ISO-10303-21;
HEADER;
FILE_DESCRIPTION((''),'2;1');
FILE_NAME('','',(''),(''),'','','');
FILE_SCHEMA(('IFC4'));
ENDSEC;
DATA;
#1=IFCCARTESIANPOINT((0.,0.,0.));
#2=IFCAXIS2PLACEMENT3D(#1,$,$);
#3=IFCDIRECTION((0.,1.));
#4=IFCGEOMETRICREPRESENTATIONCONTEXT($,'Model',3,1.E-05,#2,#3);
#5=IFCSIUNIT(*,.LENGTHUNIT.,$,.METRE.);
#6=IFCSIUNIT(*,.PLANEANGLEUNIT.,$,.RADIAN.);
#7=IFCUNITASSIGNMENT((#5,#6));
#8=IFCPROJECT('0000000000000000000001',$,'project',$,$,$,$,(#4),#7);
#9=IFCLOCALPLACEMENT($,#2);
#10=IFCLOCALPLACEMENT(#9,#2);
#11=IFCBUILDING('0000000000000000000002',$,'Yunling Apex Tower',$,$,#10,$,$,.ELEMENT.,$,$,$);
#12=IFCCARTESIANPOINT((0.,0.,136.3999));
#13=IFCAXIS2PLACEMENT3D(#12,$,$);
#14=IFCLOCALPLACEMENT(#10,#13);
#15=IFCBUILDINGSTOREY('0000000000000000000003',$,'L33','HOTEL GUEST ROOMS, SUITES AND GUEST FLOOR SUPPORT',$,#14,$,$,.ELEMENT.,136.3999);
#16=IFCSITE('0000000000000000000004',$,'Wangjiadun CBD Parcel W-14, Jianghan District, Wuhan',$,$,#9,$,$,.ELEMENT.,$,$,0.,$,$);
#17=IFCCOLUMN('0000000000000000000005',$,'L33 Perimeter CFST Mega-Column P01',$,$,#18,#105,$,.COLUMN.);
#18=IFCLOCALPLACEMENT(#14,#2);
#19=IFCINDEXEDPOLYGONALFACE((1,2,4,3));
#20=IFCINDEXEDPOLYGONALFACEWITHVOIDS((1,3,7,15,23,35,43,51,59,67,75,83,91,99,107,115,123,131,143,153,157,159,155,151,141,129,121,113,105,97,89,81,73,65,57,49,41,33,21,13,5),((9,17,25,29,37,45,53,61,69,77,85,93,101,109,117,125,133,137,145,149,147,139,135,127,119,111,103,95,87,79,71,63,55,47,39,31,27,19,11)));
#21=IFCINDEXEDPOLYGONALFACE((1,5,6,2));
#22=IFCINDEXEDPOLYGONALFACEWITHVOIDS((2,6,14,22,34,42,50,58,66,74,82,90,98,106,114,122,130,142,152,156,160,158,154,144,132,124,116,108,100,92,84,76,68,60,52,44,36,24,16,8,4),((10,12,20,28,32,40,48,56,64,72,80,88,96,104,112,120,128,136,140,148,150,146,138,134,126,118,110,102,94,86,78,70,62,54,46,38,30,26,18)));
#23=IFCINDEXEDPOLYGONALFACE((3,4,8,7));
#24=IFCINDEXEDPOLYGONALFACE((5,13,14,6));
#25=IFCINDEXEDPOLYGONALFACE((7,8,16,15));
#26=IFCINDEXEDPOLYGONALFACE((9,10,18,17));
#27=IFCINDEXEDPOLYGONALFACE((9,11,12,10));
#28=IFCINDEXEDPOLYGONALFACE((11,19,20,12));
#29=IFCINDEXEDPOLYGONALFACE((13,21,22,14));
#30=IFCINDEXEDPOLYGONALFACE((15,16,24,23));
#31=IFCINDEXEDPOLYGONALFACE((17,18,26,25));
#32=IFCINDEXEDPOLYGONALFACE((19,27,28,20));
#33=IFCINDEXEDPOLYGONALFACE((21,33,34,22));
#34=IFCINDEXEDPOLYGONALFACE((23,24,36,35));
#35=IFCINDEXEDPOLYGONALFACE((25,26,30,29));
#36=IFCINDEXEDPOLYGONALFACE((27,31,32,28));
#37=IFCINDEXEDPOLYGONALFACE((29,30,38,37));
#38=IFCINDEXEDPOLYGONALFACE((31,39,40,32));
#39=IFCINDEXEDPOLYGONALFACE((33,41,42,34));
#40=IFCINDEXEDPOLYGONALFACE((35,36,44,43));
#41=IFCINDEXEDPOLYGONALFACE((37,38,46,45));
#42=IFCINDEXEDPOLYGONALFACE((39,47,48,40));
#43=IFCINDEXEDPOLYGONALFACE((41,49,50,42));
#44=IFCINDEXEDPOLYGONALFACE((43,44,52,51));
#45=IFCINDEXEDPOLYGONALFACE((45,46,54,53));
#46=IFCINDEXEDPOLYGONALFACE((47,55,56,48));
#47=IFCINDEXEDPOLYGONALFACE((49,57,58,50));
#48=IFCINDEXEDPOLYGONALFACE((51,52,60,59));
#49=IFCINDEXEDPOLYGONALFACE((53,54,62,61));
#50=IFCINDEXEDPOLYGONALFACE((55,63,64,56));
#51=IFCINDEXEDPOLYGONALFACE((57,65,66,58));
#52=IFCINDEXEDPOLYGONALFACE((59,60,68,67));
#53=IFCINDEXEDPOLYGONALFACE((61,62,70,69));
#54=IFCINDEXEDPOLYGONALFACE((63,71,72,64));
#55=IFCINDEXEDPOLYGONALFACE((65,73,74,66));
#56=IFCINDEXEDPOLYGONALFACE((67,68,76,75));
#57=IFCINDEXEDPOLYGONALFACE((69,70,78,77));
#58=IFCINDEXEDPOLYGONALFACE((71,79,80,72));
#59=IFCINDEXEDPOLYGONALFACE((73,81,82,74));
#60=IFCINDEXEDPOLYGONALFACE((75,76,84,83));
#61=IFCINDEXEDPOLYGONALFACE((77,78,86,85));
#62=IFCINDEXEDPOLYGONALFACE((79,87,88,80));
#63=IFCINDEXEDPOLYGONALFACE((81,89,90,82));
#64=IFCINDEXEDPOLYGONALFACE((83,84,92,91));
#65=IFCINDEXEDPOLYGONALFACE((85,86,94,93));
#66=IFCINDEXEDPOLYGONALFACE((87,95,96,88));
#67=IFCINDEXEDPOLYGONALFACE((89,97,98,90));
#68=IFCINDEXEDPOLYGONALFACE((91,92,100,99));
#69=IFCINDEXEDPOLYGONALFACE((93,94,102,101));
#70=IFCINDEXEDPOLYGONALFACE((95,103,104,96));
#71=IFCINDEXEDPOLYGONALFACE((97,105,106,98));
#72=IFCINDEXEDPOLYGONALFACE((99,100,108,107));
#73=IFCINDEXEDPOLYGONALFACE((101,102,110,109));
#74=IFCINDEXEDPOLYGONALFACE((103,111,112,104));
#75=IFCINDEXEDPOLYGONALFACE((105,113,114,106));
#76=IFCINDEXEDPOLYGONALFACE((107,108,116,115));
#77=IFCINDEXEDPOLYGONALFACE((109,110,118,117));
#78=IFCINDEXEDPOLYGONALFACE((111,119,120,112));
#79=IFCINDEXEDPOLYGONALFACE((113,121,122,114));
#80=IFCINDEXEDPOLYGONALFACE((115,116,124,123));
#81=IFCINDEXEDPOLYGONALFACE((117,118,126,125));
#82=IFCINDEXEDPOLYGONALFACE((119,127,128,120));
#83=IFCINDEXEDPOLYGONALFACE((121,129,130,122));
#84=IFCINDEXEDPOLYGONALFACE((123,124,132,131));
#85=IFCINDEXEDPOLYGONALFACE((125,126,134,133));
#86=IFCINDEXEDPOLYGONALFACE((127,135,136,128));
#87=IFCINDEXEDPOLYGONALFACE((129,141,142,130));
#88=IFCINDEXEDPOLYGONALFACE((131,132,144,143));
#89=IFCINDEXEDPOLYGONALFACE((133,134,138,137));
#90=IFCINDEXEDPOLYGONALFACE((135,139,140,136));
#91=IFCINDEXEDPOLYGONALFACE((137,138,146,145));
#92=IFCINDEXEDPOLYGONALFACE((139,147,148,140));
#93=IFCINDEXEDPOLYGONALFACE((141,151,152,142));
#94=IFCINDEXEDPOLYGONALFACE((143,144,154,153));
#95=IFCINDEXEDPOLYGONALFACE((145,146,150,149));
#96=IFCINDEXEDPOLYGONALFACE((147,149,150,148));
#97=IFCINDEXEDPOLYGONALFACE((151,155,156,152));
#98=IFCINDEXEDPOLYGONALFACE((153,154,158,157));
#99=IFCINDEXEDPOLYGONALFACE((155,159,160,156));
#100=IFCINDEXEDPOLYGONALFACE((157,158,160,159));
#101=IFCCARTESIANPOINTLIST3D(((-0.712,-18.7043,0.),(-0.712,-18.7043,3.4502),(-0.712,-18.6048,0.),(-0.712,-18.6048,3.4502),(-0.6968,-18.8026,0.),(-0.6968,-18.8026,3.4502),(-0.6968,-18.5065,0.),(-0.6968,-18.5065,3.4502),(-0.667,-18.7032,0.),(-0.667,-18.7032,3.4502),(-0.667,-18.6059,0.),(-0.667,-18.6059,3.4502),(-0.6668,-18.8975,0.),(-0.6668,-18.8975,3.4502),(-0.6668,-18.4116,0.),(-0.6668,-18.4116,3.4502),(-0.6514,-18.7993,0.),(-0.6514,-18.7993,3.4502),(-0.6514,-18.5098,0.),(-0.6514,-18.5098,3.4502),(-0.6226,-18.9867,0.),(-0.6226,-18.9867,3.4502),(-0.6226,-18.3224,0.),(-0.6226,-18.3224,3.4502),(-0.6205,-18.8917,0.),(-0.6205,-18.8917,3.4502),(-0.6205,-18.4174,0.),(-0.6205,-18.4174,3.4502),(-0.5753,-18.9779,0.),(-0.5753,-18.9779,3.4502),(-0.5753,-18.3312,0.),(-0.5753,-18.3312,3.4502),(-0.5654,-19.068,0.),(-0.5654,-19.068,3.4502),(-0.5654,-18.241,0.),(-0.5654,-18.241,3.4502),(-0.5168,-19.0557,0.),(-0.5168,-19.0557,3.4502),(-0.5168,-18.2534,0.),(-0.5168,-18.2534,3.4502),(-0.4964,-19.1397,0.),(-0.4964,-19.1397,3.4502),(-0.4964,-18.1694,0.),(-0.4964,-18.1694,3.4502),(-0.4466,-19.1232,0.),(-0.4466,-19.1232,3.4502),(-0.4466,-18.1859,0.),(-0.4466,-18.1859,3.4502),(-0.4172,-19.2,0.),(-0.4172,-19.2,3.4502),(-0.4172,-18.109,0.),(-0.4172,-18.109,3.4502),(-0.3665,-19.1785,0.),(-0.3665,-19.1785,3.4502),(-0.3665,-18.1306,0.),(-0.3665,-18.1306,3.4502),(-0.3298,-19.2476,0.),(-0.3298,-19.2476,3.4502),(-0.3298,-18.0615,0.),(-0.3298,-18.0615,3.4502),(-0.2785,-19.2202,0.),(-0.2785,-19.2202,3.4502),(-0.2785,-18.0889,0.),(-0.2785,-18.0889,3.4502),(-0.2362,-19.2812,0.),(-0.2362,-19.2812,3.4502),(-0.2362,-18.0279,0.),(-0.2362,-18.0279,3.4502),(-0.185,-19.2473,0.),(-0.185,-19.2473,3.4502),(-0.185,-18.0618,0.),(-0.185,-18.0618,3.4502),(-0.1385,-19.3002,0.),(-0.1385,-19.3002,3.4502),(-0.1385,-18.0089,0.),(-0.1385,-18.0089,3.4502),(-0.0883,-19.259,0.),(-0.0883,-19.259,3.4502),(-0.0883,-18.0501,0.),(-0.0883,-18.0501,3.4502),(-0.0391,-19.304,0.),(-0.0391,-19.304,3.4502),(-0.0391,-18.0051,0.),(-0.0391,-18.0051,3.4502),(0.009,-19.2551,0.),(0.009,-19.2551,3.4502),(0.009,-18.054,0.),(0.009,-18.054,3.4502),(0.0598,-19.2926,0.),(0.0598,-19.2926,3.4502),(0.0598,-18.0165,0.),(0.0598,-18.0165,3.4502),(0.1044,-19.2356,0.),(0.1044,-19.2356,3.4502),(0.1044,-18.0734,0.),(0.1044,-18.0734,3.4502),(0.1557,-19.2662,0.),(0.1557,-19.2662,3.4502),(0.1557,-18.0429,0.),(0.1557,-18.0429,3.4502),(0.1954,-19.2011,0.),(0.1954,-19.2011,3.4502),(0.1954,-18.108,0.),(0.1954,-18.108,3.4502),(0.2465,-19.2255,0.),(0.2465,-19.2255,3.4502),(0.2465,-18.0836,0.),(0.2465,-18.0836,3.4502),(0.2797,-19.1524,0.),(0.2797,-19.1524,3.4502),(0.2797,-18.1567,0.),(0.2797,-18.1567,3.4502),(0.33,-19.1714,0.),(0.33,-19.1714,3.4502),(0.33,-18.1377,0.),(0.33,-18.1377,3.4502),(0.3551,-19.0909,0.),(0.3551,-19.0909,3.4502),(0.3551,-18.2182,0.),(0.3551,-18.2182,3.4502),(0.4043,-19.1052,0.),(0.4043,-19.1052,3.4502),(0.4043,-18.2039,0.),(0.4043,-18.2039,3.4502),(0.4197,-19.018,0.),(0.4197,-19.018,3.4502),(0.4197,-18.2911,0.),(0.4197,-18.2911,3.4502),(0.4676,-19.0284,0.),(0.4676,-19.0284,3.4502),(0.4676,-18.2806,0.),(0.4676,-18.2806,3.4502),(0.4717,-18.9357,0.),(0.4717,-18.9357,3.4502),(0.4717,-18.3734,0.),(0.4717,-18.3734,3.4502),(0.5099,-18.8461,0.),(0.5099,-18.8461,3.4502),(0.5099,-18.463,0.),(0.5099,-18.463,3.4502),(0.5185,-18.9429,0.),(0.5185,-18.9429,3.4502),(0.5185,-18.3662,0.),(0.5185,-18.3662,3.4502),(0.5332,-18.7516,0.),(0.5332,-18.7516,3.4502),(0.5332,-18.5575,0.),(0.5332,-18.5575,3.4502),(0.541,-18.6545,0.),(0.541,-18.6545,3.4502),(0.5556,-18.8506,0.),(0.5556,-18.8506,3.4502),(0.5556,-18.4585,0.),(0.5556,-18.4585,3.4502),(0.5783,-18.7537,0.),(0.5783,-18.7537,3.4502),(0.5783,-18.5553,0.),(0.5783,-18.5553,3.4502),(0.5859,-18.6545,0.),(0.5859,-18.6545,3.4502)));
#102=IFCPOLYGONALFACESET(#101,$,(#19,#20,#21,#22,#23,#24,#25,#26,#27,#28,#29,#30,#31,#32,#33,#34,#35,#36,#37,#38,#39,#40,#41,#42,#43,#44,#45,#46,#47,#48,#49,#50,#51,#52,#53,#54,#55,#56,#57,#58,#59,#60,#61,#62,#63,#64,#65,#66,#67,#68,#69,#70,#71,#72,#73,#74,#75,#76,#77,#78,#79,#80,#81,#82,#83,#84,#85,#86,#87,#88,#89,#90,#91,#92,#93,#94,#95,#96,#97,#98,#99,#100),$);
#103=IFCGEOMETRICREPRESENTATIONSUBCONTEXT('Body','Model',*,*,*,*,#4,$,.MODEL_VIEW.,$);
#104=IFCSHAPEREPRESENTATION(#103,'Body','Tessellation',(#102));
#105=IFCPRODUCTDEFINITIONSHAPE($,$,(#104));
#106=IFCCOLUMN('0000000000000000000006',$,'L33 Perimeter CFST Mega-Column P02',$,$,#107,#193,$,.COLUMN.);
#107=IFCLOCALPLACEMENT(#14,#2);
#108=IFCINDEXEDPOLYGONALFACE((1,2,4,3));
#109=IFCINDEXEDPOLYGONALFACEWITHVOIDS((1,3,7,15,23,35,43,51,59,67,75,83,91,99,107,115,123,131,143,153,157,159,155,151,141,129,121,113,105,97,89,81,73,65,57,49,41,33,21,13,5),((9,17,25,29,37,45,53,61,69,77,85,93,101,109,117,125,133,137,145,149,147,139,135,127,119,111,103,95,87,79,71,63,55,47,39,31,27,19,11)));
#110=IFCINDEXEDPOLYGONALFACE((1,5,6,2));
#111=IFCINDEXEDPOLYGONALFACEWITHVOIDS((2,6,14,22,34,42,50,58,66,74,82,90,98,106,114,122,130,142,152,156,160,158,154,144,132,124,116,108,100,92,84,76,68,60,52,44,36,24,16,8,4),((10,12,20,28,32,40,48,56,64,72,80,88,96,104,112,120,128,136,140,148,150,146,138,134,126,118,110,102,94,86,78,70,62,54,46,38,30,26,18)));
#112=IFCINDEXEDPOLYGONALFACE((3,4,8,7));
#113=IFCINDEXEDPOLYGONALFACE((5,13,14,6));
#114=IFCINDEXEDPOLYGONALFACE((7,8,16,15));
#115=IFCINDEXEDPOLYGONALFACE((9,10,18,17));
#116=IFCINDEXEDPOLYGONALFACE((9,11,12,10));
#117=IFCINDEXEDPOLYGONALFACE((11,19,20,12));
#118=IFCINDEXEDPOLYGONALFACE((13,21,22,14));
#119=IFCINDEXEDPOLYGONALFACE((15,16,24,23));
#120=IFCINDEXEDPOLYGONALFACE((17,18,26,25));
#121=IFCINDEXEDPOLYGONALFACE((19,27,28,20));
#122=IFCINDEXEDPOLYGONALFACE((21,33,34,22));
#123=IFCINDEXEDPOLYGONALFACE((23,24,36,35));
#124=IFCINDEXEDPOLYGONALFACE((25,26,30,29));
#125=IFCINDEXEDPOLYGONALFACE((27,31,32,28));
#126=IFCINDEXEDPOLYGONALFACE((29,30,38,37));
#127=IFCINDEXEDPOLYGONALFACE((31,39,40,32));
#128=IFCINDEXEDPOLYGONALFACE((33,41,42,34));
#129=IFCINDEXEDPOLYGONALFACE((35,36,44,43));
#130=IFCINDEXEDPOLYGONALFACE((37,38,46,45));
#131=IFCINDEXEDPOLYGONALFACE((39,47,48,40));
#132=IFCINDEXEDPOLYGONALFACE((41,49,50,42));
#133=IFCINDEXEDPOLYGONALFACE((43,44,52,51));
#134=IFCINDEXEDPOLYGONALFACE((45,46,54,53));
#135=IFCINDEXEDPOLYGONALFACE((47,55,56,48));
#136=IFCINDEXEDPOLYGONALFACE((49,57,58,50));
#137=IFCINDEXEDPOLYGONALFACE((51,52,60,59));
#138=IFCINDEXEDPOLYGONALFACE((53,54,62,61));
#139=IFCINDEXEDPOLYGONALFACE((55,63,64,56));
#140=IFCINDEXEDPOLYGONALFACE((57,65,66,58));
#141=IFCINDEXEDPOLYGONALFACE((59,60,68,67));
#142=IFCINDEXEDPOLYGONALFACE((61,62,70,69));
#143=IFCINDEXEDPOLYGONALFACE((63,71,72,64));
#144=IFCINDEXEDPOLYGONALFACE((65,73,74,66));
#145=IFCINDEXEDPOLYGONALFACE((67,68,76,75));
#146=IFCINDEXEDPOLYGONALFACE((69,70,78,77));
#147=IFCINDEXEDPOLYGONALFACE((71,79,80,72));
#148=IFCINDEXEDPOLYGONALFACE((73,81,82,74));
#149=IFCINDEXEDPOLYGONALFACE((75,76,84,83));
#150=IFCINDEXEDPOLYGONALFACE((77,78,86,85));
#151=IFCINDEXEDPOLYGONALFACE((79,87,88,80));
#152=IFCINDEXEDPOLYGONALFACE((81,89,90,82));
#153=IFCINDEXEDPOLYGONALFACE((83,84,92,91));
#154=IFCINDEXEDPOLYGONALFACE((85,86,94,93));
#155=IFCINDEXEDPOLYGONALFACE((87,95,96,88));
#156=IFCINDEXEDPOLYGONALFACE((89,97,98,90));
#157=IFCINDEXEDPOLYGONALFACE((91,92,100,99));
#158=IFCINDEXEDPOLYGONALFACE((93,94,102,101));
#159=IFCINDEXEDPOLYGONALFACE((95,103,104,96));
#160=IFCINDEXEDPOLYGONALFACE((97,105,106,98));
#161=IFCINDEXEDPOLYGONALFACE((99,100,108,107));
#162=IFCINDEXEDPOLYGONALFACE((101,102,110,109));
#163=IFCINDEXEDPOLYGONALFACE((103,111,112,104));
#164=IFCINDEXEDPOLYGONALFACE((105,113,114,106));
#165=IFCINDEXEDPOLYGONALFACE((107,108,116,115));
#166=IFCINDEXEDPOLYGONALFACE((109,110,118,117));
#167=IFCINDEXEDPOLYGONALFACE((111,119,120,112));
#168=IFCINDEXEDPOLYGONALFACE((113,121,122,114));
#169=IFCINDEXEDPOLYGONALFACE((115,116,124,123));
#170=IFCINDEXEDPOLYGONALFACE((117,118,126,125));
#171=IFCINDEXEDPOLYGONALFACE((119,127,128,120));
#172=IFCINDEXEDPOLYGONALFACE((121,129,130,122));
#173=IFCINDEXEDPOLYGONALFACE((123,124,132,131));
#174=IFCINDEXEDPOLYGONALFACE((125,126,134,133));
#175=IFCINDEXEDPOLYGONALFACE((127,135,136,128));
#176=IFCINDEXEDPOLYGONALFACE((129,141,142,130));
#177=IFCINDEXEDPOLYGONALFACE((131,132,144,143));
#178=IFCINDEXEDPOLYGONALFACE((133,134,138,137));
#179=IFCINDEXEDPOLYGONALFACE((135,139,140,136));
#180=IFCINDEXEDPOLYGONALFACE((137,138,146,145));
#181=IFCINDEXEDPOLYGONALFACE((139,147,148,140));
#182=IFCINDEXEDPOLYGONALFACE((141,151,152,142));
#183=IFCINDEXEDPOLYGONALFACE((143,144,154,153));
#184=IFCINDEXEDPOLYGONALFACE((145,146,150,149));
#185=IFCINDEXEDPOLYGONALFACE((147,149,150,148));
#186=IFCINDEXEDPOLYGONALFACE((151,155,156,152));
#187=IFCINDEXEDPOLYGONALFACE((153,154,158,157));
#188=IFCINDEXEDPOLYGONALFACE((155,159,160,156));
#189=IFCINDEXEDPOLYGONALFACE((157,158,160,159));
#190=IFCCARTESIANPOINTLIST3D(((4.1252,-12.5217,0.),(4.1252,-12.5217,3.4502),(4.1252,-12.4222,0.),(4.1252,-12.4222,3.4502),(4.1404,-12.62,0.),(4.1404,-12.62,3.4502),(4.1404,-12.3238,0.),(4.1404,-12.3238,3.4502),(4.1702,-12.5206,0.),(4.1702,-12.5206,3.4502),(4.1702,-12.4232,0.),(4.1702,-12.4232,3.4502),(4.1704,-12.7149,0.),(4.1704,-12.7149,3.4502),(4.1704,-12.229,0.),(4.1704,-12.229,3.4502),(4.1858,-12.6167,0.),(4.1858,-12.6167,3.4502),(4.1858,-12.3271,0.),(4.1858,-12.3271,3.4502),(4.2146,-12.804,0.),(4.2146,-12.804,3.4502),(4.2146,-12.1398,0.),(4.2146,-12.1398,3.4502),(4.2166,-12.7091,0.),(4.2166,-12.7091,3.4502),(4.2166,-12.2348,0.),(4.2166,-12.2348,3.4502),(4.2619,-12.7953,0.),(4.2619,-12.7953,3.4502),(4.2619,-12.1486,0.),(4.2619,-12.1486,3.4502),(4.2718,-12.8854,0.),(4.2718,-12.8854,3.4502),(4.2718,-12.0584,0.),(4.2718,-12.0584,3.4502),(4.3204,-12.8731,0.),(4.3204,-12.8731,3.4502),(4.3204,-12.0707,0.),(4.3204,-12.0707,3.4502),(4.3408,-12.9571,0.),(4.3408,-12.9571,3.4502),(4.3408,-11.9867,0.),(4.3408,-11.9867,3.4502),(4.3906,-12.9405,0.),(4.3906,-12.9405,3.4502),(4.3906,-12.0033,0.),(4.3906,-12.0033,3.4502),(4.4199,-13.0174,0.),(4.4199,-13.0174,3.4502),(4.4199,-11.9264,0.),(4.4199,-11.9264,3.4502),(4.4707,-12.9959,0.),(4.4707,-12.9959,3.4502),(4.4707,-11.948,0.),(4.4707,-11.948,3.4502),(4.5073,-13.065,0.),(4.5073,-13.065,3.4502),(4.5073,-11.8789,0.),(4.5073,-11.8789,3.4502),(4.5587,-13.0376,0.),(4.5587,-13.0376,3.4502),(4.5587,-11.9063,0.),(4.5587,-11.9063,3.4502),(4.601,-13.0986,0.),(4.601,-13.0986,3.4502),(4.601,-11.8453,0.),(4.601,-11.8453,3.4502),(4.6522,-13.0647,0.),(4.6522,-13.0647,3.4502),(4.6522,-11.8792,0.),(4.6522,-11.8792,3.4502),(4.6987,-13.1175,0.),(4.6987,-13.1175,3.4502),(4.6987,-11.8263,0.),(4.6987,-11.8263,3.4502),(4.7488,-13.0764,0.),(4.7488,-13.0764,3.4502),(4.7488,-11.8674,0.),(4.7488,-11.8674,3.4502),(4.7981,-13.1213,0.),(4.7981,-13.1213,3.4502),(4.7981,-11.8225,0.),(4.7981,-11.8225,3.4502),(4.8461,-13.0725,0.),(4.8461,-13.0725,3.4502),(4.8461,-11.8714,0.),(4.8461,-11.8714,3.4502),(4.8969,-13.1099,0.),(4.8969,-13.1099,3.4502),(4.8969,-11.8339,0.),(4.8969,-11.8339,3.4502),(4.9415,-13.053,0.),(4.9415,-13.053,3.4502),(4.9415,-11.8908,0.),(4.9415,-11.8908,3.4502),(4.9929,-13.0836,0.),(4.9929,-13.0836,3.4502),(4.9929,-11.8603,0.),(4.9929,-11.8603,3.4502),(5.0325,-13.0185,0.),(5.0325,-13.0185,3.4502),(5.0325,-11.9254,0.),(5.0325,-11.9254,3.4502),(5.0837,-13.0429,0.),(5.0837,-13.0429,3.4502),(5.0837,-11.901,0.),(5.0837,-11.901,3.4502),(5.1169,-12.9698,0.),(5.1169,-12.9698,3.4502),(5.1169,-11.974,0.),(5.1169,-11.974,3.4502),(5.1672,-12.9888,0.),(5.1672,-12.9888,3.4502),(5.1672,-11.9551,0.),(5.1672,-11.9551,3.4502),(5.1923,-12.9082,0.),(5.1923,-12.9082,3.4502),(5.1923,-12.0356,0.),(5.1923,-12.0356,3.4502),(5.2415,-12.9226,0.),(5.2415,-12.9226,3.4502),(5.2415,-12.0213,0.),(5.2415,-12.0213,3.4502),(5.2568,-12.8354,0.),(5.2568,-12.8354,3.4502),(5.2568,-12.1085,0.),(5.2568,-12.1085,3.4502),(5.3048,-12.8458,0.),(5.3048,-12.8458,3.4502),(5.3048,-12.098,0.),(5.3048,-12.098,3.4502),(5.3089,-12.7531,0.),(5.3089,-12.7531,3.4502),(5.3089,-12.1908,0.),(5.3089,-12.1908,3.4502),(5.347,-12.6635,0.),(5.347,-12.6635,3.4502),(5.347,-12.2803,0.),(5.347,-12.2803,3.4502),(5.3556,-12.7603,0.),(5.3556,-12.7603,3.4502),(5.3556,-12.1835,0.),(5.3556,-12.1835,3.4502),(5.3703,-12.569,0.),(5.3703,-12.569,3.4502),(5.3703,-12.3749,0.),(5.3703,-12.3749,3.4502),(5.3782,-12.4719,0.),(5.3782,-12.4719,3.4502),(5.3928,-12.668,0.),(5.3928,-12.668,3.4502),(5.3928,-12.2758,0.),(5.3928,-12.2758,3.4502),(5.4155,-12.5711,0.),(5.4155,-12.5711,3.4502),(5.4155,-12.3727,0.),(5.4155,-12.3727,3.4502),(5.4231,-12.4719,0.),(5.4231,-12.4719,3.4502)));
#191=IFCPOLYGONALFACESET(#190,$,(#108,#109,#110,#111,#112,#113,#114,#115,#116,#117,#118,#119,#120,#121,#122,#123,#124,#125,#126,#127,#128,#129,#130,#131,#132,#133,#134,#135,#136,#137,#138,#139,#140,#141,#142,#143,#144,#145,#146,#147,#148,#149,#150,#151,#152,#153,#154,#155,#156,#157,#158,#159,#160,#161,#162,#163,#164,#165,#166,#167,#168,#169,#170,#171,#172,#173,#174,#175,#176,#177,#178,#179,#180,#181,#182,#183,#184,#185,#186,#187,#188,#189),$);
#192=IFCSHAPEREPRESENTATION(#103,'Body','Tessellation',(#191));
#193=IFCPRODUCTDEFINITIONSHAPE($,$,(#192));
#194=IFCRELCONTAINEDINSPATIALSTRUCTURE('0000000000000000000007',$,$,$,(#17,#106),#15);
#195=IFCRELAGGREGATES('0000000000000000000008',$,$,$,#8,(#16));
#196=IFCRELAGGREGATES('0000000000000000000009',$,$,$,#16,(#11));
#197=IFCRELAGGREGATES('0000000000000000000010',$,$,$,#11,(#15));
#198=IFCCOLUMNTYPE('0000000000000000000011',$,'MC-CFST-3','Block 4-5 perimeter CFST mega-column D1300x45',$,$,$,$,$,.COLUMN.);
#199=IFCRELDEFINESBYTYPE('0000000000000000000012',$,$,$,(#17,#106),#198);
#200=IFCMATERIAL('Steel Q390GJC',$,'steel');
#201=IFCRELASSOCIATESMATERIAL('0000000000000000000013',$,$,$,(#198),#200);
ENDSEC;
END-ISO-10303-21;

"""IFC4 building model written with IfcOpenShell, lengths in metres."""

from ifc_helpers import new_model, si_unit, direction, frame, origin, origin_2d, place, context, subcontext, project, spatial, hollow_circle, extrude, source, transform, mapped, material, material_profile, profile_set, type_object, element, save


model = new_model("IFC4")

# Units and contexts
model_context = context("Model", 3, precision=1e-05, world=origin(), true_north=direction((0.0, 1.0)))
body_context = subcontext(model_context, "Body", "Model", "MODEL_VIEW")
ifc_project = project(units=[si_unit("LENGTHUNIT", "METRE"), si_unit("PLANEANGLEUNIT", "RADIAN")], contexts=[model_context])

# Site, building, storey
site_placement = place(None, origin())
site = spatial("IfcSite", under=ifc_project, at=site_placement, Name="Wangjiadun CBD Parcel W-14, Jianghan District, Wuhan", CompositionType="ELEMENT", RefElevation=0.0)
building_placement = place(site_placement, origin())
building = spatial("IfcBuilding", under=site, at=building_placement, Name="Yunling Apex Tower", CompositionType="ELEMENT")
storey_placement = place(building_placement, frame((0.0, 0.0, 136.3999)))
storey = spatial("IfcBuildingStorey", under=building, at=storey_placement, Name="L33", Description="HOTEL GUEST ROOMS, SUITES AND GUEST FLOOR SUPPORT", CompositionType="ELEMENT", Elevation=136.3999)

# Columns
ifc_material_1 = material(Name="Steel Q390GJC", Category="steel")
ifc_material_profile_1 = material_profile(ifc_material_1, hollow_circle(Radius=0.6499, WallThickness=0.0449, at=origin_2d()))
ifc_profile_set_1 = profile_set([ifc_material_profile_1], Name="Steel Q390GJC")
column_type = type_object("IfcColumnType", Name="MC-CFST-3", Description="Block 4-5 perimeter CFST mega-column D1300x45", PredefinedType="COLUMN", material=ifc_profile_set_1)
shared_shape_1 = source(origin(), body_context, "Body", "SweptSolid", [
    extrude(hollow_circle(Radius=0.6499, WallThickness=0.0449, at=origin_2d()), origin(), (0.0, 0.0, 1.0), 3.4502),
])
for number, where, z_axis, x_axis, name in (
    (1, (-0.064, -18.6545, 0.0), (0.0, 0.0, 1.0), (1.0, 0.0, 0.0), "L33 Perimeter CFST Mega-Column P01"),
    (2, (4.7732, -12.4719, 0.0), (0.0, 0.0, 1.0), (1.0, 0.0, 0.0), "L33 Perimeter CFST Mega-Column P02"),
):
    element("IfcColumn", number, at=place(storey_placement, frame(where, z_axis=z_axis, x_axis=x_axis)), inside=storey, type_object=column_type, Name=name, PredefinedType="COLUMN", context=body_context, shape_type="MappedRepresentation", body=[
        mapped(shared_shape_1, transform((0.0, 0.0, 0.0), scale=1.0)),
    ])

save(model, "model.ifc")
